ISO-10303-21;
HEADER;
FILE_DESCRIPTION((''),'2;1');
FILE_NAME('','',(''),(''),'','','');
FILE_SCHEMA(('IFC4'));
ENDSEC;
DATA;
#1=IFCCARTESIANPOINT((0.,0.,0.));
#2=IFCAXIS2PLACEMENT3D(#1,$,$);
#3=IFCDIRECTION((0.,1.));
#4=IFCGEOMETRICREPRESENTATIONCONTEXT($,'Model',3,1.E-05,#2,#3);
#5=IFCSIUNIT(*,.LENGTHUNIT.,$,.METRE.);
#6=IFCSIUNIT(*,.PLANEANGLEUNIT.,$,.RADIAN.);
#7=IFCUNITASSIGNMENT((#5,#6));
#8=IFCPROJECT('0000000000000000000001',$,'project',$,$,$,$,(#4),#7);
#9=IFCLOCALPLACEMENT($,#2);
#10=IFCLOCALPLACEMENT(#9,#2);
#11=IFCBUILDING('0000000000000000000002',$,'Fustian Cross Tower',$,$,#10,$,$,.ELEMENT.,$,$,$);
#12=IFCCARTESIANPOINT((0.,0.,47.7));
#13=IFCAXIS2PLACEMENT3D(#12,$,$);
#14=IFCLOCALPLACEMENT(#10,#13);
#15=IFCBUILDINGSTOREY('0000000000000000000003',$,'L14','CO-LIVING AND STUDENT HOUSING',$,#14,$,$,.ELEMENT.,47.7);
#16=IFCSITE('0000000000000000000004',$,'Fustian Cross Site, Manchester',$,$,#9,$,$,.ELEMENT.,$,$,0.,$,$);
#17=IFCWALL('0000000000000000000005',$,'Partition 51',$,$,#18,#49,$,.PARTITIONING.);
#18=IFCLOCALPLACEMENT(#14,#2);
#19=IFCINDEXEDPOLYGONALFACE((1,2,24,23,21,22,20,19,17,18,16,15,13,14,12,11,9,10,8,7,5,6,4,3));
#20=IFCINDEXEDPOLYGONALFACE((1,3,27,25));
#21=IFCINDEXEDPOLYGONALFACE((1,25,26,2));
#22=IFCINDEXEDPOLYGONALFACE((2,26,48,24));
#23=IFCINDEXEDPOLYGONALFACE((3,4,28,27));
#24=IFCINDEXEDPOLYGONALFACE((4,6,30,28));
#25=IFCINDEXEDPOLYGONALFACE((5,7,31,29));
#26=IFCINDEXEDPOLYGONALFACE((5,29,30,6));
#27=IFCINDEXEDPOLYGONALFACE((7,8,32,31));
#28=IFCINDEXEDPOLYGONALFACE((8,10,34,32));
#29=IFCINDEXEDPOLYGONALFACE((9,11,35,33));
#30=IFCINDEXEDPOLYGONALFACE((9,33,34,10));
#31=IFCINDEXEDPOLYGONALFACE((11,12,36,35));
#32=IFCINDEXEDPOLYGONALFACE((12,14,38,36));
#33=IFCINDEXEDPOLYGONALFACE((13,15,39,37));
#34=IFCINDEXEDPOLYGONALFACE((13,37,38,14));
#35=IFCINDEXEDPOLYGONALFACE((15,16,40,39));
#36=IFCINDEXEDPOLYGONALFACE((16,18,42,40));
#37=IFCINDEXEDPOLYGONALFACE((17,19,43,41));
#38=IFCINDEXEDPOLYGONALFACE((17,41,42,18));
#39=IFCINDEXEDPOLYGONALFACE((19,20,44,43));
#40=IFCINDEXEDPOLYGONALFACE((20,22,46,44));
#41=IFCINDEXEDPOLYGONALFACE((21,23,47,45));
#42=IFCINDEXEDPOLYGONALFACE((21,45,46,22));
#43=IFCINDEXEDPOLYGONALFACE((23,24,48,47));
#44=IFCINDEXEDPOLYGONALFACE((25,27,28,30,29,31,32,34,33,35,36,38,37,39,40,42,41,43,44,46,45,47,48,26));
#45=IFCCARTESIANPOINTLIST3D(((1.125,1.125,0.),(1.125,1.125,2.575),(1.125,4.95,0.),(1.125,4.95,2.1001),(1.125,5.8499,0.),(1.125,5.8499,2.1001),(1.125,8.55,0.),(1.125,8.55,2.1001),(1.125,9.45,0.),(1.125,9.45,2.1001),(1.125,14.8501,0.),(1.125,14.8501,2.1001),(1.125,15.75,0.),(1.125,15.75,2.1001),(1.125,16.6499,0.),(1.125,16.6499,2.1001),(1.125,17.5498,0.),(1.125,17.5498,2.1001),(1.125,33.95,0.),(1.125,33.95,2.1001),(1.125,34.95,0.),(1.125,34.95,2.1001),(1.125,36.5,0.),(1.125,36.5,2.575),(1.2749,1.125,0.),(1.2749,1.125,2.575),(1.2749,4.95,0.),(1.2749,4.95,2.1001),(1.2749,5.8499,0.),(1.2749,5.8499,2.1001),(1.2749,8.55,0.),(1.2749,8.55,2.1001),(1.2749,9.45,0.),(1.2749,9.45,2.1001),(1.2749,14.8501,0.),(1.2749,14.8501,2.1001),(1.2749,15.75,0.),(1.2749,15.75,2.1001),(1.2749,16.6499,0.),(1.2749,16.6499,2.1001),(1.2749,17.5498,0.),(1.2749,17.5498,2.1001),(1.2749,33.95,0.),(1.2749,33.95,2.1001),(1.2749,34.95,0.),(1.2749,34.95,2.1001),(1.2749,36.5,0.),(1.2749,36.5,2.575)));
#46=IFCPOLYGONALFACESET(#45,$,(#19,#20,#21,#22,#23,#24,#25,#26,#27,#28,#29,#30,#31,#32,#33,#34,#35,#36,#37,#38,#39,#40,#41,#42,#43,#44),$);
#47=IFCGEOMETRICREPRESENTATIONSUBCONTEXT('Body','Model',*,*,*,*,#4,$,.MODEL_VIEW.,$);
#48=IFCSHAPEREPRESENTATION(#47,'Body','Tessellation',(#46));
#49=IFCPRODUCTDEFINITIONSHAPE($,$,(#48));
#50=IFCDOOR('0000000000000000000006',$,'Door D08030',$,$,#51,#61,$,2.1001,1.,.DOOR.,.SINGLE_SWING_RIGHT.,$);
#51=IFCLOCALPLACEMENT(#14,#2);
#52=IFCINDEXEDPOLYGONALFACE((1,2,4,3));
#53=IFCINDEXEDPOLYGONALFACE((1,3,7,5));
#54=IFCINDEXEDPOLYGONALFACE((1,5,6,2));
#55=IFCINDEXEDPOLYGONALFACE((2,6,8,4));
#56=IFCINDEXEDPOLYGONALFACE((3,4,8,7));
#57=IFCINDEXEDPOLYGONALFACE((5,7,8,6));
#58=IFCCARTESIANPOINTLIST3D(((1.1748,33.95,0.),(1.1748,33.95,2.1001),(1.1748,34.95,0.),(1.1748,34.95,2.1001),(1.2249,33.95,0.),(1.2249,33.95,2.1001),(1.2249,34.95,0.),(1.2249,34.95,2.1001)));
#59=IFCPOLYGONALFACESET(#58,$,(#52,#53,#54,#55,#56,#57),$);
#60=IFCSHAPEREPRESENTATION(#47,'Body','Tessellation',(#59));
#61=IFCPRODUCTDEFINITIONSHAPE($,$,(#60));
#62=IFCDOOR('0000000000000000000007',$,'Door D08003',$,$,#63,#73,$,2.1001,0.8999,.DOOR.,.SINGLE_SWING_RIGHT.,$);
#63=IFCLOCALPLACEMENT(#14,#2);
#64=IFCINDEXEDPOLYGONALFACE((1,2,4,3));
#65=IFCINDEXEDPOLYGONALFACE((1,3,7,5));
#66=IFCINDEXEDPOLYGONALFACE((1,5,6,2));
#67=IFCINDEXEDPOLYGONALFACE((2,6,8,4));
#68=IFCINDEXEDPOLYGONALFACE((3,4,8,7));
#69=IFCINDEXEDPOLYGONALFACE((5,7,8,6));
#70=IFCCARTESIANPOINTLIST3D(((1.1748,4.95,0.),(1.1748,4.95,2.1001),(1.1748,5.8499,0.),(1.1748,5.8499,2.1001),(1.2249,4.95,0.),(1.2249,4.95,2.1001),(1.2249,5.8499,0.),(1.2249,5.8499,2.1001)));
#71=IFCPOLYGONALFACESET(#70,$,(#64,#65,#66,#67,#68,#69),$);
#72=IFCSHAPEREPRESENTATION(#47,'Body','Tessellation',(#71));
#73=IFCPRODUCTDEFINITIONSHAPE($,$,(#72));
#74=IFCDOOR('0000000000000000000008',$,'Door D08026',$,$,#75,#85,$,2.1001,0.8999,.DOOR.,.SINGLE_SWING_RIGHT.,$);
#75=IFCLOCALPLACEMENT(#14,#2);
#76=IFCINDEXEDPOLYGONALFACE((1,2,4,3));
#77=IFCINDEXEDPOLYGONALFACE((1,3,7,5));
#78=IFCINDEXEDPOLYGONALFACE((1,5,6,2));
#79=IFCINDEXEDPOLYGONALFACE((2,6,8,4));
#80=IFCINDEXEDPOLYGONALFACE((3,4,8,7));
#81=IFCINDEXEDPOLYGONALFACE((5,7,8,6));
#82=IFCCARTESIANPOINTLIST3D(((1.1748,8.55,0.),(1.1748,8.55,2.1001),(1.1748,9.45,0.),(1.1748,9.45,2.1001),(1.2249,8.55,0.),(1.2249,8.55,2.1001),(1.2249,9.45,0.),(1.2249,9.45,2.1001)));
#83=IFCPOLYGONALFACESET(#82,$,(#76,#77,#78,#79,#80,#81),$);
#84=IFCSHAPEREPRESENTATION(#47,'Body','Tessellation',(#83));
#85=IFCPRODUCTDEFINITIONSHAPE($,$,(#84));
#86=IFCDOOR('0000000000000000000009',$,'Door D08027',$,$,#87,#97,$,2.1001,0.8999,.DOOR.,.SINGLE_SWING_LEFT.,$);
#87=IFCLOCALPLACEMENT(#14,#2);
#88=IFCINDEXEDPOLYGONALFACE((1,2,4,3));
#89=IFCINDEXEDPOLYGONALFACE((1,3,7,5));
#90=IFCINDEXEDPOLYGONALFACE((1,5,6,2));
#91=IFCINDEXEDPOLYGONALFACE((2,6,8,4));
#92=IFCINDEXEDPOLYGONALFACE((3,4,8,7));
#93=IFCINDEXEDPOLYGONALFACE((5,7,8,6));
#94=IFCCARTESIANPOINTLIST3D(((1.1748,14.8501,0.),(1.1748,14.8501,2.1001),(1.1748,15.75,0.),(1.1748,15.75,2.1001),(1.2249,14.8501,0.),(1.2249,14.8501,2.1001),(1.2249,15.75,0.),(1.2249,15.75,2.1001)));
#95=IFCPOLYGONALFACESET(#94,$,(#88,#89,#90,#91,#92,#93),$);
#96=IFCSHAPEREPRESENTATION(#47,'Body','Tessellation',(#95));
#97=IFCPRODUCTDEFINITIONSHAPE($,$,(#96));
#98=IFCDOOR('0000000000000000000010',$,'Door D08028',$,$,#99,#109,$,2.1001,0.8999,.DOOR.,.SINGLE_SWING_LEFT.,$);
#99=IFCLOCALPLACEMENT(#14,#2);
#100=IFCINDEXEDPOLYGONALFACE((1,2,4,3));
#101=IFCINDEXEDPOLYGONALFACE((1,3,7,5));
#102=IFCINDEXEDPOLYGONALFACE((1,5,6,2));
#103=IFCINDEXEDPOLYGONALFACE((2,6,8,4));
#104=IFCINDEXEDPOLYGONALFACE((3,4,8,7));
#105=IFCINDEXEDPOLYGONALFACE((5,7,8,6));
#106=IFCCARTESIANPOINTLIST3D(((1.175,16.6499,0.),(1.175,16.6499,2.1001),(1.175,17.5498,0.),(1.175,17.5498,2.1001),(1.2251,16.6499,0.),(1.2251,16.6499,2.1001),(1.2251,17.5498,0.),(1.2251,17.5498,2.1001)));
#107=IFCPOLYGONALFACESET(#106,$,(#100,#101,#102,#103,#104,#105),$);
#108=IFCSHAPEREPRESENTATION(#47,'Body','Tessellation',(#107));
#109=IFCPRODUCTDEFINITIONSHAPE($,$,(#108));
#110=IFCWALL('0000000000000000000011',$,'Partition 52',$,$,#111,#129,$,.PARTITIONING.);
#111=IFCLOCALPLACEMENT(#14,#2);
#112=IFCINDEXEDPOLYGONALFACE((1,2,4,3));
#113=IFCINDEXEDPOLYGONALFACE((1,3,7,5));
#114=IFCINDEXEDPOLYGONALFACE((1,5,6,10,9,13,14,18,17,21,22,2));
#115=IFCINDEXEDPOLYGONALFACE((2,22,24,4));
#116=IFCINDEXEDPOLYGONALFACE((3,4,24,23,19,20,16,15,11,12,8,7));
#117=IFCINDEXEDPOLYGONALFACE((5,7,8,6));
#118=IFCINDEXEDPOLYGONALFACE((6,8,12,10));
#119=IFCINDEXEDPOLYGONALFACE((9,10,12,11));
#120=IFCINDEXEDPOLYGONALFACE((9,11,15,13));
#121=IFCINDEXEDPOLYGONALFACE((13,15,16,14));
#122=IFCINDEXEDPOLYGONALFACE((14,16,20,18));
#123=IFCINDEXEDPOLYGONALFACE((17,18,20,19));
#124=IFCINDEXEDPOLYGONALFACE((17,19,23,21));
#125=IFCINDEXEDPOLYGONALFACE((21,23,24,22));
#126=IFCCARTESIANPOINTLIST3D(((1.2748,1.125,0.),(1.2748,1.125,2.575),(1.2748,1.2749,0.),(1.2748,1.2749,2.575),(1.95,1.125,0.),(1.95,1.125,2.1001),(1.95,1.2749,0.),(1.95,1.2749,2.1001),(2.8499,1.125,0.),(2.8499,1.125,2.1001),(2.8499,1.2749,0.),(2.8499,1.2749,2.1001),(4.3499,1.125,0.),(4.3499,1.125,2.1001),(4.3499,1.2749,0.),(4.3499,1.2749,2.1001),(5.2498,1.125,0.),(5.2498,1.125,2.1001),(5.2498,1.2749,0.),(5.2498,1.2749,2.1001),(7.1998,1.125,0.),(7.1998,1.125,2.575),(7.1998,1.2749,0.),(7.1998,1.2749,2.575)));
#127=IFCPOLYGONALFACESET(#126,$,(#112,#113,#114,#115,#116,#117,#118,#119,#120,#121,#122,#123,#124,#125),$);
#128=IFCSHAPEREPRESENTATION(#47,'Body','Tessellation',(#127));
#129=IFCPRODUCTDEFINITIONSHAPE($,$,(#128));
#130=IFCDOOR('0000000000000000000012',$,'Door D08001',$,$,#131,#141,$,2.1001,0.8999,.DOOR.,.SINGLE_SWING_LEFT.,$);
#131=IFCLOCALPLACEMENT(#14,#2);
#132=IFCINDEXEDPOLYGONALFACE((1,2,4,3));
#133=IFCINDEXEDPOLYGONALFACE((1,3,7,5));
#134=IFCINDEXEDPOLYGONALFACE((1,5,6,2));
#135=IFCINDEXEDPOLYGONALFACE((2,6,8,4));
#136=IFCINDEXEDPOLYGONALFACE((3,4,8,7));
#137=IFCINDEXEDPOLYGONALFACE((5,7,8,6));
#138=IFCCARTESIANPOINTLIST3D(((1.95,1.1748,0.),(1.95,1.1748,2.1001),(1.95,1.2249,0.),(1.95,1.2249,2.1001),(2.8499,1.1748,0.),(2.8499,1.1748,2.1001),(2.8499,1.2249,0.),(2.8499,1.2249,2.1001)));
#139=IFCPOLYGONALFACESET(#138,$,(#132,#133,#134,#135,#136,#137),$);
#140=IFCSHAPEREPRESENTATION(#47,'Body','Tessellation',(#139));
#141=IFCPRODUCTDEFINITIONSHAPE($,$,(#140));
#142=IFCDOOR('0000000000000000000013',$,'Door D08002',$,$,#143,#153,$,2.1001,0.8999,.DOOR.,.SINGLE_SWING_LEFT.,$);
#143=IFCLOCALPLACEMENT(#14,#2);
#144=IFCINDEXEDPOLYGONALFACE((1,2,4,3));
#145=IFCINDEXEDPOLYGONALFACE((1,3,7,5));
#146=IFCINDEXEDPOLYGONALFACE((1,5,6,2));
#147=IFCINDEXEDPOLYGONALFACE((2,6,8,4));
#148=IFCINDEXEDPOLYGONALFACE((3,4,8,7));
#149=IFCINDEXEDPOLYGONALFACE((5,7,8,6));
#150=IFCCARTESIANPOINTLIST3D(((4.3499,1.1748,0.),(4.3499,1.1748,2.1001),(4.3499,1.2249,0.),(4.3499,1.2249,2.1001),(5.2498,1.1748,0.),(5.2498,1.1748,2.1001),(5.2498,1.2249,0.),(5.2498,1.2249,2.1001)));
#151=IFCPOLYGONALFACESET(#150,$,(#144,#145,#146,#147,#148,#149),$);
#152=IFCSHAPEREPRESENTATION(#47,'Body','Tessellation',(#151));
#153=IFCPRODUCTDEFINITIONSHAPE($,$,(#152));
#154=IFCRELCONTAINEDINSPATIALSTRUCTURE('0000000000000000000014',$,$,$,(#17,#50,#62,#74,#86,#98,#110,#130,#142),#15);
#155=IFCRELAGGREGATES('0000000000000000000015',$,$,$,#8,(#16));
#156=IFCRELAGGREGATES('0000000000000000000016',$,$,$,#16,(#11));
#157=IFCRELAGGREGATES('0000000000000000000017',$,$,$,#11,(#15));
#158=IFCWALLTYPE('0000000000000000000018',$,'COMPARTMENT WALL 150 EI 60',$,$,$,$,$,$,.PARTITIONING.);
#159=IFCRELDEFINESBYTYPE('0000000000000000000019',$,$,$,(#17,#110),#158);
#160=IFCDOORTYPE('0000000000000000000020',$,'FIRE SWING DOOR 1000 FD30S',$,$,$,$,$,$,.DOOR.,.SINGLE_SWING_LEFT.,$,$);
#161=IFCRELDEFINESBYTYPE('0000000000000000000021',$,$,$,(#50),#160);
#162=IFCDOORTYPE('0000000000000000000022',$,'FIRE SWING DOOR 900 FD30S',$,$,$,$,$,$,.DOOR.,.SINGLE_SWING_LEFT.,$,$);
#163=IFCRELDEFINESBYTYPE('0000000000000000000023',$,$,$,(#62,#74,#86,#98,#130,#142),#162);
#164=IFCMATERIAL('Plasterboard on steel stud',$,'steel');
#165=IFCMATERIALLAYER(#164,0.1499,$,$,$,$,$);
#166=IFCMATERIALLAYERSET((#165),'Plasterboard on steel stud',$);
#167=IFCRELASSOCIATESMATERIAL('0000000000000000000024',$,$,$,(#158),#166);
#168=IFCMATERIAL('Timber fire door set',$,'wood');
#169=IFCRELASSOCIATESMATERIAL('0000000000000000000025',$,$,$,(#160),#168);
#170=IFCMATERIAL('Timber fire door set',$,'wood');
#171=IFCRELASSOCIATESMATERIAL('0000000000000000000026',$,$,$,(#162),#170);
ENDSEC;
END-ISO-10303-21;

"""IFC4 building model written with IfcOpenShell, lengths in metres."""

from ifc_helpers import new_model, si_unit, direction, frame, frame_2d, origin, place, context, subcontext, project, spatial, rectangle, extrude, material, layer, layer_set, type_object, element, fill, save


model = new_model("IFC4")

# Units and contexts
model_context = context("Model", 3, precision=1e-05, world=origin(), true_north=direction((0.0, 1.0)))
body_context = subcontext(model_context, "Body", "Model", "MODEL_VIEW")
ifc_project = project(units=[si_unit("LENGTHUNIT", "METRE"), si_unit("PLANEANGLEUNIT", "RADIAN")], contexts=[model_context])

# Site, building, storey
site_placement = place(None, origin())
site = spatial("IfcSite", under=ifc_project, at=site_placement, Name="Fustian Cross Site, Manchester", CompositionType="ELEMENT", RefElevation=0.0)
building_placement = place(site_placement, origin())
building = spatial("IfcBuilding", under=site, at=building_placement, Name="Fustian Cross Tower", CompositionType="ELEMENT")
storey_placement = place(building_placement, frame((0.0, 0.0, 47.7)))
storey = spatial("IfcBuildingStorey", under=building, at=storey_placement, Name="L14", Description="CO-LIVING AND STUDENT HOUSING", CompositionType="ELEMENT", Elevation=47.7)

# Walls, openings, doors
ifc_material_1 = material(Name="Plasterboard on steel stud", Category="steel")
ifc_layer_1 = layer(ifc_material_1, 0.1499)
ifc_layer_set_1 = layer_set([ifc_layer_1], Name="Plasterboard on steel stud")
wall_type_1 = type_object("IfcWallType", Name="COMPARTMENT WALL 150 EI 60", PredefinedType="PARTITIONING", material=ifc_layer_set_1)
wall_1_placement = place(storey_placement, frame((1.2, 1.125, 0.0), z_axis=(0.0, 0.0, 1.0), x_axis=(0.0, 1.0, 0.0)))
wall_1 = element("IfcWall", 1, at=wall_1_placement, inside=storey, type_object=wall_type_1, Name="Partition 51", PredefinedType="PARTITIONING", context=body_context, shape_type="SweptSolid", body=[
    extrude(rectangle(XDim=35.375, YDim=0.1499, at=frame_2d((17.6875, 0.0))), origin(), (0.0, 0.0, 1.0), 2.575),
])
opening_1_placement = place(wall_1_placement, frame((3.825, 0.0, 0.0)))
opening_1 = element("IfcOpeningElement", 2, at=opening_1_placement, cuts=wall_1, PredefinedType="OPENING", context=body_context, shape_type="SweptSolid", body=[
    extrude(rectangle(XDim=0.8999, YDim=2.1001, at=frame_2d((0.45, 1.05))), frame((0.0, 0.085, 0.0), z_axis=(0.0, -1.0, 0.0), x_axis=(1.0, 0.0, 0.0)), (0.0, 0.0, 1.0), 0.1699),
])
opening_2_placement = place(wall_1_placement, frame((7.425, 0.0, 0.0)))
opening_2 = element("IfcOpeningElement", 3, at=opening_2_placement, cuts=wall_1, PredefinedType="OPENING", context=body_context, shape_type="SweptSolid", body=[
    extrude(rectangle(XDim=0.8999, YDim=2.1001, at=frame_2d((0.45, 1.05))), frame((0.0, 0.085, 0.0), z_axis=(0.0, -1.0, 0.0), x_axis=(1.0, 0.0, 0.0)), (0.0, 0.0, 1.0), 0.1699),
])
opening_3_placement = place(wall_1_placement, frame((13.7251, 0.0, 0.0)))
opening_3 = element("IfcOpeningElement", 4, at=opening_3_placement, cuts=wall_1, PredefinedType="OPENING", context=body_context, shape_type="SweptSolid", body=[
    extrude(rectangle(XDim=0.8999, YDim=2.1001, at=frame_2d((0.45, 1.05))), frame((0.0, 0.085, 0.0), z_axis=(0.0, -1.0, 0.0), x_axis=(1.0, 0.0, 0.0)), (0.0, 0.0, 1.0), 0.1699),
])
opening_4_placement = place(wall_1_placement, frame((15.5249, 0.0, 0.0)))
opening_4 = element("IfcOpeningElement", 5, at=opening_4_placement, cuts=wall_1, PredefinedType="OPENING", context=body_context, shape_type="SweptSolid", body=[
    extrude(rectangle(XDim=0.8999, YDim=2.1001, at=frame_2d((0.45, 1.05))), frame((0.0, 0.085, 0.0), z_axis=(0.0, -1.0, 0.0), x_axis=(1.0, 0.0, 0.0)), (0.0, 0.0, 1.0), 0.1699),
])
opening_5_placement = place(wall_1_placement, frame((32.825, 0.0, 0.0)))
opening_5 = element("IfcOpeningElement", 6, at=opening_5_placement, cuts=wall_1, PredefinedType="OPENING", context=body_context, shape_type="SweptSolid", body=[
    extrude(rectangle(XDim=1.0, YDim=2.1001, at=frame_2d((0.5, 1.05))), frame((0.0, 0.085, 0.0), z_axis=(0.0, -1.0, 0.0), x_axis=(1.0, 0.0, 0.0)), (0.0, 0.0, 1.0), 0.1699),
])
ifc_material_2 = material(Name="Timber fire door set", Category="wood")
door_type_1 = type_object("IfcDoorType", Name="FIRE SWING DOOR 1000 FD30S", OperationType="SINGLE_SWING_LEFT", PredefinedType="DOOR", material=ifc_material_2)
door_1_placement = place(opening_5_placement, frame((1.0, 0.0, 0.0), z_axis=(0.0, 0.0, 1.0), x_axis=(-1.0, 0.0, 0.0)))
door_1 = element("IfcDoor", 7, at=door_1_placement, inside=storey, type_object=door_type_1, Name="Door D08030", OperationType="SINGLE_SWING_RIGHT", OverallHeight=2.1001, OverallWidth=1.0, PredefinedType="DOOR", context=body_context, shape_type="SweptSolid", body=[
    extrude(rectangle(XDim=1.0, YDim=2.1001, at=frame_2d((0.5, 1.05))), frame((0.0, 0.0249, 0.0), z_axis=(0.0, -1.0, 0.0), x_axis=(1.0, 0.0, 0.0)), (0.0, 0.0, 1.0), 0.05),
])
fill(opening_5, door_1)
ifc_material_3 = material(Name="Timber fire door set", Category="wood")
door_type_2 = type_object("IfcDoorType", Name="FIRE SWING DOOR 900 FD30S", OperationType="SINGLE_SWING_LEFT", PredefinedType="DOOR", material=ifc_material_3)
door_2_placement = place(opening_1_placement, frame((0.8999, 0.0, 0.0), z_axis=(0.0, 0.0, 1.0), x_axis=(-1.0, 0.0, 0.0)))
door_2 = element("IfcDoor", 8, at=door_2_placement, inside=storey, type_object=door_type_2, Name="Door D08003", OperationType="SINGLE_SWING_RIGHT", OverallHeight=2.1001, OverallWidth=0.8999, PredefinedType="DOOR", context=body_context, shape_type="SweptSolid", body=[
    extrude(rectangle(XDim=0.8999, YDim=2.1001, at=frame_2d((0.45, 1.05))), frame((0.0, 0.0249, 0.0), z_axis=(0.0, -1.0, 0.0), x_axis=(1.0, 0.0, 0.0)), (0.0, 0.0, 1.0), 0.05),
])
fill(opening_1, door_2)
door_3_placement = place(opening_2_placement, frame((0.8999, 0.0, 0.0), z_axis=(0.0, 0.0, 1.0), x_axis=(-1.0, 0.0, 0.0)))
door_3 = element("IfcDoor", 9, at=door_3_placement, inside=storey, type_object=door_type_2, Name="Door D08026", OperationType="SINGLE_SWING_RIGHT", OverallHeight=2.1001, OverallWidth=0.8999, PredefinedType="DOOR", context=body_context, shape_type="SweptSolid", body=[
    extrude(rectangle(XDim=0.8999, YDim=2.1001, at=frame_2d((0.45, 1.05))), frame((0.0, 0.0249, 0.0), z_axis=(0.0, -1.0, 0.0), x_axis=(1.0, 0.0, 0.0)), (0.0, 0.0, 1.0), 0.05),
])
fill(opening_2, door_3)
door_4_placement = place(opening_3_placement, frame((0.8999, 0.0, 0.0), z_axis=(0.0, 0.0, 1.0), x_axis=(-1.0, 0.0, 0.0)))
door_4 = element("IfcDoor", 10, at=door_4_placement, inside=storey, type_object=door_type_2, Name="Door D08027", OperationType="SINGLE_SWING_LEFT", OverallHeight=2.1001, OverallWidth=0.8999, PredefinedType="DOOR", context=body_context, shape_type="SweptSolid", body=[
    extrude(rectangle(XDim=0.8999, YDim=2.1001, at=frame_2d((0.45, 1.05))), frame((0.0, 0.0249, 0.0), z_axis=(0.0, -1.0, 0.0), x_axis=(1.0, 0.0, 0.0)), (0.0, 0.0, 1.0), 0.05),
])
fill(opening_3, door_4)
door_5_placement = place(opening_4_placement, origin())
door_5 = element("IfcDoor", 11, at=door_5_placement, inside=storey, type_object=door_type_2, Name="Door D08028", OperationType="SINGLE_SWING_LEFT", OverallHeight=2.1001, OverallWidth=0.8999, PredefinedType="DOOR", context=body_context, shape_type="SweptSolid", body=[
    extrude(rectangle(XDim=0.8999, YDim=2.1001, at=frame_2d((0.45, 1.05))), frame((0.0, 0.0249, 0.0), z_axis=(0.0, -1.0, 0.0), x_axis=(1.0, 0.0, 0.0)), (0.0, 0.0, 1.0), 0.05),
])
fill(opening_4, door_5)
wall_2_placement = place(storey_placement, frame((1.2749, 1.2, 0.0), z_axis=(0.0, 0.0, 1.0), x_axis=(1.0, 0.0, 0.0)))
wall_2 = element("IfcWall", 12, at=wall_2_placement, inside=storey, type_object=wall_type_1, Name="Partition 52", PredefinedType="PARTITIONING", context=body_context, shape_type="SweptSolid", body=[
    extrude(rectangle(XDim=5.925, YDim=0.1499, at=frame_2d((2.9624, 0.0))), origin(), (0.0, 0.0, 1.0), 2.575),
])
opening_6_placement = place(wall_2_placement, frame((0.675, 0.0, 0.0)))
opening_6 = element("IfcOpeningElement", 13, at=opening_6_placement, cuts=wall_2, PredefinedType="OPENING", context=body_context, shape_type="SweptSolid", body=[
    extrude(rectangle(XDim=0.8999, YDim=2.1001, at=frame_2d((0.45, 1.05))), frame((0.0, 0.085, 0.0), z_axis=(0.0, -1.0, 0.0), x_axis=(1.0, 0.0, 0.0)), (0.0, 0.0, 1.0), 0.1699),
])
opening_7_placement = place(wall_2_placement, frame((3.075, 0.0, 0.0)))
opening_7 = element("IfcOpeningElement", 14, at=opening_7_placement, cuts=wall_2, PredefinedType="OPENING", context=body_context, shape_type="SweptSolid", body=[
    extrude(rectangle(XDim=0.8999, YDim=2.1001, at=frame_2d((0.45, 1.05))), frame((0.0, 0.085, 0.0), z_axis=(0.0, -1.0, 0.0), x_axis=(1.0, 0.0, 0.0)), (0.0, 0.0, 1.0), 0.1699),
])
door_6_placement = place(opening_6_placement, origin())
door_6 = element("IfcDoor", 15, at=door_6_placement, inside=storey, type_object=door_type_2, Name="Door D08001", OperationType="SINGLE_SWING_LEFT", OverallHeight=2.1001, OverallWidth=0.8999, PredefinedType="DOOR", context=body_context, shape_type="SweptSolid", body=[
    extrude(rectangle(XDim=0.8999, YDim=2.1001, at=frame_2d((0.45, 1.05))), frame((0.0, 0.0249, 0.0), z_axis=(0.0, -1.0, 0.0), x_axis=(1.0, 0.0, 0.0)), (0.0, 0.0, 1.0), 0.05),
])
fill(opening_6, door_6)
door_7_placement = place(opening_7_placement, origin())
door_7 = element("IfcDoor", 16, at=door_7_placement, inside=storey, type_object=door_type_2, Name="Door D08002", OperationType="SINGLE_SWING_LEFT", OverallHeight=2.1001, OverallWidth=0.8999, PredefinedType="DOOR", context=body_context, shape_type="SweptSolid", body=[
    extrude(rectangle(XDim=0.8999, YDim=2.1001, at=frame_2d((0.45, 1.05))), frame((0.0, 0.0249, 0.0), z_axis=(0.0, -1.0, 0.0), x_axis=(1.0, 0.0, 0.0)), (0.0, 0.0, 1.0), 0.05),
])
fill(opening_7, door_7)

save(model, "model.ifc")
